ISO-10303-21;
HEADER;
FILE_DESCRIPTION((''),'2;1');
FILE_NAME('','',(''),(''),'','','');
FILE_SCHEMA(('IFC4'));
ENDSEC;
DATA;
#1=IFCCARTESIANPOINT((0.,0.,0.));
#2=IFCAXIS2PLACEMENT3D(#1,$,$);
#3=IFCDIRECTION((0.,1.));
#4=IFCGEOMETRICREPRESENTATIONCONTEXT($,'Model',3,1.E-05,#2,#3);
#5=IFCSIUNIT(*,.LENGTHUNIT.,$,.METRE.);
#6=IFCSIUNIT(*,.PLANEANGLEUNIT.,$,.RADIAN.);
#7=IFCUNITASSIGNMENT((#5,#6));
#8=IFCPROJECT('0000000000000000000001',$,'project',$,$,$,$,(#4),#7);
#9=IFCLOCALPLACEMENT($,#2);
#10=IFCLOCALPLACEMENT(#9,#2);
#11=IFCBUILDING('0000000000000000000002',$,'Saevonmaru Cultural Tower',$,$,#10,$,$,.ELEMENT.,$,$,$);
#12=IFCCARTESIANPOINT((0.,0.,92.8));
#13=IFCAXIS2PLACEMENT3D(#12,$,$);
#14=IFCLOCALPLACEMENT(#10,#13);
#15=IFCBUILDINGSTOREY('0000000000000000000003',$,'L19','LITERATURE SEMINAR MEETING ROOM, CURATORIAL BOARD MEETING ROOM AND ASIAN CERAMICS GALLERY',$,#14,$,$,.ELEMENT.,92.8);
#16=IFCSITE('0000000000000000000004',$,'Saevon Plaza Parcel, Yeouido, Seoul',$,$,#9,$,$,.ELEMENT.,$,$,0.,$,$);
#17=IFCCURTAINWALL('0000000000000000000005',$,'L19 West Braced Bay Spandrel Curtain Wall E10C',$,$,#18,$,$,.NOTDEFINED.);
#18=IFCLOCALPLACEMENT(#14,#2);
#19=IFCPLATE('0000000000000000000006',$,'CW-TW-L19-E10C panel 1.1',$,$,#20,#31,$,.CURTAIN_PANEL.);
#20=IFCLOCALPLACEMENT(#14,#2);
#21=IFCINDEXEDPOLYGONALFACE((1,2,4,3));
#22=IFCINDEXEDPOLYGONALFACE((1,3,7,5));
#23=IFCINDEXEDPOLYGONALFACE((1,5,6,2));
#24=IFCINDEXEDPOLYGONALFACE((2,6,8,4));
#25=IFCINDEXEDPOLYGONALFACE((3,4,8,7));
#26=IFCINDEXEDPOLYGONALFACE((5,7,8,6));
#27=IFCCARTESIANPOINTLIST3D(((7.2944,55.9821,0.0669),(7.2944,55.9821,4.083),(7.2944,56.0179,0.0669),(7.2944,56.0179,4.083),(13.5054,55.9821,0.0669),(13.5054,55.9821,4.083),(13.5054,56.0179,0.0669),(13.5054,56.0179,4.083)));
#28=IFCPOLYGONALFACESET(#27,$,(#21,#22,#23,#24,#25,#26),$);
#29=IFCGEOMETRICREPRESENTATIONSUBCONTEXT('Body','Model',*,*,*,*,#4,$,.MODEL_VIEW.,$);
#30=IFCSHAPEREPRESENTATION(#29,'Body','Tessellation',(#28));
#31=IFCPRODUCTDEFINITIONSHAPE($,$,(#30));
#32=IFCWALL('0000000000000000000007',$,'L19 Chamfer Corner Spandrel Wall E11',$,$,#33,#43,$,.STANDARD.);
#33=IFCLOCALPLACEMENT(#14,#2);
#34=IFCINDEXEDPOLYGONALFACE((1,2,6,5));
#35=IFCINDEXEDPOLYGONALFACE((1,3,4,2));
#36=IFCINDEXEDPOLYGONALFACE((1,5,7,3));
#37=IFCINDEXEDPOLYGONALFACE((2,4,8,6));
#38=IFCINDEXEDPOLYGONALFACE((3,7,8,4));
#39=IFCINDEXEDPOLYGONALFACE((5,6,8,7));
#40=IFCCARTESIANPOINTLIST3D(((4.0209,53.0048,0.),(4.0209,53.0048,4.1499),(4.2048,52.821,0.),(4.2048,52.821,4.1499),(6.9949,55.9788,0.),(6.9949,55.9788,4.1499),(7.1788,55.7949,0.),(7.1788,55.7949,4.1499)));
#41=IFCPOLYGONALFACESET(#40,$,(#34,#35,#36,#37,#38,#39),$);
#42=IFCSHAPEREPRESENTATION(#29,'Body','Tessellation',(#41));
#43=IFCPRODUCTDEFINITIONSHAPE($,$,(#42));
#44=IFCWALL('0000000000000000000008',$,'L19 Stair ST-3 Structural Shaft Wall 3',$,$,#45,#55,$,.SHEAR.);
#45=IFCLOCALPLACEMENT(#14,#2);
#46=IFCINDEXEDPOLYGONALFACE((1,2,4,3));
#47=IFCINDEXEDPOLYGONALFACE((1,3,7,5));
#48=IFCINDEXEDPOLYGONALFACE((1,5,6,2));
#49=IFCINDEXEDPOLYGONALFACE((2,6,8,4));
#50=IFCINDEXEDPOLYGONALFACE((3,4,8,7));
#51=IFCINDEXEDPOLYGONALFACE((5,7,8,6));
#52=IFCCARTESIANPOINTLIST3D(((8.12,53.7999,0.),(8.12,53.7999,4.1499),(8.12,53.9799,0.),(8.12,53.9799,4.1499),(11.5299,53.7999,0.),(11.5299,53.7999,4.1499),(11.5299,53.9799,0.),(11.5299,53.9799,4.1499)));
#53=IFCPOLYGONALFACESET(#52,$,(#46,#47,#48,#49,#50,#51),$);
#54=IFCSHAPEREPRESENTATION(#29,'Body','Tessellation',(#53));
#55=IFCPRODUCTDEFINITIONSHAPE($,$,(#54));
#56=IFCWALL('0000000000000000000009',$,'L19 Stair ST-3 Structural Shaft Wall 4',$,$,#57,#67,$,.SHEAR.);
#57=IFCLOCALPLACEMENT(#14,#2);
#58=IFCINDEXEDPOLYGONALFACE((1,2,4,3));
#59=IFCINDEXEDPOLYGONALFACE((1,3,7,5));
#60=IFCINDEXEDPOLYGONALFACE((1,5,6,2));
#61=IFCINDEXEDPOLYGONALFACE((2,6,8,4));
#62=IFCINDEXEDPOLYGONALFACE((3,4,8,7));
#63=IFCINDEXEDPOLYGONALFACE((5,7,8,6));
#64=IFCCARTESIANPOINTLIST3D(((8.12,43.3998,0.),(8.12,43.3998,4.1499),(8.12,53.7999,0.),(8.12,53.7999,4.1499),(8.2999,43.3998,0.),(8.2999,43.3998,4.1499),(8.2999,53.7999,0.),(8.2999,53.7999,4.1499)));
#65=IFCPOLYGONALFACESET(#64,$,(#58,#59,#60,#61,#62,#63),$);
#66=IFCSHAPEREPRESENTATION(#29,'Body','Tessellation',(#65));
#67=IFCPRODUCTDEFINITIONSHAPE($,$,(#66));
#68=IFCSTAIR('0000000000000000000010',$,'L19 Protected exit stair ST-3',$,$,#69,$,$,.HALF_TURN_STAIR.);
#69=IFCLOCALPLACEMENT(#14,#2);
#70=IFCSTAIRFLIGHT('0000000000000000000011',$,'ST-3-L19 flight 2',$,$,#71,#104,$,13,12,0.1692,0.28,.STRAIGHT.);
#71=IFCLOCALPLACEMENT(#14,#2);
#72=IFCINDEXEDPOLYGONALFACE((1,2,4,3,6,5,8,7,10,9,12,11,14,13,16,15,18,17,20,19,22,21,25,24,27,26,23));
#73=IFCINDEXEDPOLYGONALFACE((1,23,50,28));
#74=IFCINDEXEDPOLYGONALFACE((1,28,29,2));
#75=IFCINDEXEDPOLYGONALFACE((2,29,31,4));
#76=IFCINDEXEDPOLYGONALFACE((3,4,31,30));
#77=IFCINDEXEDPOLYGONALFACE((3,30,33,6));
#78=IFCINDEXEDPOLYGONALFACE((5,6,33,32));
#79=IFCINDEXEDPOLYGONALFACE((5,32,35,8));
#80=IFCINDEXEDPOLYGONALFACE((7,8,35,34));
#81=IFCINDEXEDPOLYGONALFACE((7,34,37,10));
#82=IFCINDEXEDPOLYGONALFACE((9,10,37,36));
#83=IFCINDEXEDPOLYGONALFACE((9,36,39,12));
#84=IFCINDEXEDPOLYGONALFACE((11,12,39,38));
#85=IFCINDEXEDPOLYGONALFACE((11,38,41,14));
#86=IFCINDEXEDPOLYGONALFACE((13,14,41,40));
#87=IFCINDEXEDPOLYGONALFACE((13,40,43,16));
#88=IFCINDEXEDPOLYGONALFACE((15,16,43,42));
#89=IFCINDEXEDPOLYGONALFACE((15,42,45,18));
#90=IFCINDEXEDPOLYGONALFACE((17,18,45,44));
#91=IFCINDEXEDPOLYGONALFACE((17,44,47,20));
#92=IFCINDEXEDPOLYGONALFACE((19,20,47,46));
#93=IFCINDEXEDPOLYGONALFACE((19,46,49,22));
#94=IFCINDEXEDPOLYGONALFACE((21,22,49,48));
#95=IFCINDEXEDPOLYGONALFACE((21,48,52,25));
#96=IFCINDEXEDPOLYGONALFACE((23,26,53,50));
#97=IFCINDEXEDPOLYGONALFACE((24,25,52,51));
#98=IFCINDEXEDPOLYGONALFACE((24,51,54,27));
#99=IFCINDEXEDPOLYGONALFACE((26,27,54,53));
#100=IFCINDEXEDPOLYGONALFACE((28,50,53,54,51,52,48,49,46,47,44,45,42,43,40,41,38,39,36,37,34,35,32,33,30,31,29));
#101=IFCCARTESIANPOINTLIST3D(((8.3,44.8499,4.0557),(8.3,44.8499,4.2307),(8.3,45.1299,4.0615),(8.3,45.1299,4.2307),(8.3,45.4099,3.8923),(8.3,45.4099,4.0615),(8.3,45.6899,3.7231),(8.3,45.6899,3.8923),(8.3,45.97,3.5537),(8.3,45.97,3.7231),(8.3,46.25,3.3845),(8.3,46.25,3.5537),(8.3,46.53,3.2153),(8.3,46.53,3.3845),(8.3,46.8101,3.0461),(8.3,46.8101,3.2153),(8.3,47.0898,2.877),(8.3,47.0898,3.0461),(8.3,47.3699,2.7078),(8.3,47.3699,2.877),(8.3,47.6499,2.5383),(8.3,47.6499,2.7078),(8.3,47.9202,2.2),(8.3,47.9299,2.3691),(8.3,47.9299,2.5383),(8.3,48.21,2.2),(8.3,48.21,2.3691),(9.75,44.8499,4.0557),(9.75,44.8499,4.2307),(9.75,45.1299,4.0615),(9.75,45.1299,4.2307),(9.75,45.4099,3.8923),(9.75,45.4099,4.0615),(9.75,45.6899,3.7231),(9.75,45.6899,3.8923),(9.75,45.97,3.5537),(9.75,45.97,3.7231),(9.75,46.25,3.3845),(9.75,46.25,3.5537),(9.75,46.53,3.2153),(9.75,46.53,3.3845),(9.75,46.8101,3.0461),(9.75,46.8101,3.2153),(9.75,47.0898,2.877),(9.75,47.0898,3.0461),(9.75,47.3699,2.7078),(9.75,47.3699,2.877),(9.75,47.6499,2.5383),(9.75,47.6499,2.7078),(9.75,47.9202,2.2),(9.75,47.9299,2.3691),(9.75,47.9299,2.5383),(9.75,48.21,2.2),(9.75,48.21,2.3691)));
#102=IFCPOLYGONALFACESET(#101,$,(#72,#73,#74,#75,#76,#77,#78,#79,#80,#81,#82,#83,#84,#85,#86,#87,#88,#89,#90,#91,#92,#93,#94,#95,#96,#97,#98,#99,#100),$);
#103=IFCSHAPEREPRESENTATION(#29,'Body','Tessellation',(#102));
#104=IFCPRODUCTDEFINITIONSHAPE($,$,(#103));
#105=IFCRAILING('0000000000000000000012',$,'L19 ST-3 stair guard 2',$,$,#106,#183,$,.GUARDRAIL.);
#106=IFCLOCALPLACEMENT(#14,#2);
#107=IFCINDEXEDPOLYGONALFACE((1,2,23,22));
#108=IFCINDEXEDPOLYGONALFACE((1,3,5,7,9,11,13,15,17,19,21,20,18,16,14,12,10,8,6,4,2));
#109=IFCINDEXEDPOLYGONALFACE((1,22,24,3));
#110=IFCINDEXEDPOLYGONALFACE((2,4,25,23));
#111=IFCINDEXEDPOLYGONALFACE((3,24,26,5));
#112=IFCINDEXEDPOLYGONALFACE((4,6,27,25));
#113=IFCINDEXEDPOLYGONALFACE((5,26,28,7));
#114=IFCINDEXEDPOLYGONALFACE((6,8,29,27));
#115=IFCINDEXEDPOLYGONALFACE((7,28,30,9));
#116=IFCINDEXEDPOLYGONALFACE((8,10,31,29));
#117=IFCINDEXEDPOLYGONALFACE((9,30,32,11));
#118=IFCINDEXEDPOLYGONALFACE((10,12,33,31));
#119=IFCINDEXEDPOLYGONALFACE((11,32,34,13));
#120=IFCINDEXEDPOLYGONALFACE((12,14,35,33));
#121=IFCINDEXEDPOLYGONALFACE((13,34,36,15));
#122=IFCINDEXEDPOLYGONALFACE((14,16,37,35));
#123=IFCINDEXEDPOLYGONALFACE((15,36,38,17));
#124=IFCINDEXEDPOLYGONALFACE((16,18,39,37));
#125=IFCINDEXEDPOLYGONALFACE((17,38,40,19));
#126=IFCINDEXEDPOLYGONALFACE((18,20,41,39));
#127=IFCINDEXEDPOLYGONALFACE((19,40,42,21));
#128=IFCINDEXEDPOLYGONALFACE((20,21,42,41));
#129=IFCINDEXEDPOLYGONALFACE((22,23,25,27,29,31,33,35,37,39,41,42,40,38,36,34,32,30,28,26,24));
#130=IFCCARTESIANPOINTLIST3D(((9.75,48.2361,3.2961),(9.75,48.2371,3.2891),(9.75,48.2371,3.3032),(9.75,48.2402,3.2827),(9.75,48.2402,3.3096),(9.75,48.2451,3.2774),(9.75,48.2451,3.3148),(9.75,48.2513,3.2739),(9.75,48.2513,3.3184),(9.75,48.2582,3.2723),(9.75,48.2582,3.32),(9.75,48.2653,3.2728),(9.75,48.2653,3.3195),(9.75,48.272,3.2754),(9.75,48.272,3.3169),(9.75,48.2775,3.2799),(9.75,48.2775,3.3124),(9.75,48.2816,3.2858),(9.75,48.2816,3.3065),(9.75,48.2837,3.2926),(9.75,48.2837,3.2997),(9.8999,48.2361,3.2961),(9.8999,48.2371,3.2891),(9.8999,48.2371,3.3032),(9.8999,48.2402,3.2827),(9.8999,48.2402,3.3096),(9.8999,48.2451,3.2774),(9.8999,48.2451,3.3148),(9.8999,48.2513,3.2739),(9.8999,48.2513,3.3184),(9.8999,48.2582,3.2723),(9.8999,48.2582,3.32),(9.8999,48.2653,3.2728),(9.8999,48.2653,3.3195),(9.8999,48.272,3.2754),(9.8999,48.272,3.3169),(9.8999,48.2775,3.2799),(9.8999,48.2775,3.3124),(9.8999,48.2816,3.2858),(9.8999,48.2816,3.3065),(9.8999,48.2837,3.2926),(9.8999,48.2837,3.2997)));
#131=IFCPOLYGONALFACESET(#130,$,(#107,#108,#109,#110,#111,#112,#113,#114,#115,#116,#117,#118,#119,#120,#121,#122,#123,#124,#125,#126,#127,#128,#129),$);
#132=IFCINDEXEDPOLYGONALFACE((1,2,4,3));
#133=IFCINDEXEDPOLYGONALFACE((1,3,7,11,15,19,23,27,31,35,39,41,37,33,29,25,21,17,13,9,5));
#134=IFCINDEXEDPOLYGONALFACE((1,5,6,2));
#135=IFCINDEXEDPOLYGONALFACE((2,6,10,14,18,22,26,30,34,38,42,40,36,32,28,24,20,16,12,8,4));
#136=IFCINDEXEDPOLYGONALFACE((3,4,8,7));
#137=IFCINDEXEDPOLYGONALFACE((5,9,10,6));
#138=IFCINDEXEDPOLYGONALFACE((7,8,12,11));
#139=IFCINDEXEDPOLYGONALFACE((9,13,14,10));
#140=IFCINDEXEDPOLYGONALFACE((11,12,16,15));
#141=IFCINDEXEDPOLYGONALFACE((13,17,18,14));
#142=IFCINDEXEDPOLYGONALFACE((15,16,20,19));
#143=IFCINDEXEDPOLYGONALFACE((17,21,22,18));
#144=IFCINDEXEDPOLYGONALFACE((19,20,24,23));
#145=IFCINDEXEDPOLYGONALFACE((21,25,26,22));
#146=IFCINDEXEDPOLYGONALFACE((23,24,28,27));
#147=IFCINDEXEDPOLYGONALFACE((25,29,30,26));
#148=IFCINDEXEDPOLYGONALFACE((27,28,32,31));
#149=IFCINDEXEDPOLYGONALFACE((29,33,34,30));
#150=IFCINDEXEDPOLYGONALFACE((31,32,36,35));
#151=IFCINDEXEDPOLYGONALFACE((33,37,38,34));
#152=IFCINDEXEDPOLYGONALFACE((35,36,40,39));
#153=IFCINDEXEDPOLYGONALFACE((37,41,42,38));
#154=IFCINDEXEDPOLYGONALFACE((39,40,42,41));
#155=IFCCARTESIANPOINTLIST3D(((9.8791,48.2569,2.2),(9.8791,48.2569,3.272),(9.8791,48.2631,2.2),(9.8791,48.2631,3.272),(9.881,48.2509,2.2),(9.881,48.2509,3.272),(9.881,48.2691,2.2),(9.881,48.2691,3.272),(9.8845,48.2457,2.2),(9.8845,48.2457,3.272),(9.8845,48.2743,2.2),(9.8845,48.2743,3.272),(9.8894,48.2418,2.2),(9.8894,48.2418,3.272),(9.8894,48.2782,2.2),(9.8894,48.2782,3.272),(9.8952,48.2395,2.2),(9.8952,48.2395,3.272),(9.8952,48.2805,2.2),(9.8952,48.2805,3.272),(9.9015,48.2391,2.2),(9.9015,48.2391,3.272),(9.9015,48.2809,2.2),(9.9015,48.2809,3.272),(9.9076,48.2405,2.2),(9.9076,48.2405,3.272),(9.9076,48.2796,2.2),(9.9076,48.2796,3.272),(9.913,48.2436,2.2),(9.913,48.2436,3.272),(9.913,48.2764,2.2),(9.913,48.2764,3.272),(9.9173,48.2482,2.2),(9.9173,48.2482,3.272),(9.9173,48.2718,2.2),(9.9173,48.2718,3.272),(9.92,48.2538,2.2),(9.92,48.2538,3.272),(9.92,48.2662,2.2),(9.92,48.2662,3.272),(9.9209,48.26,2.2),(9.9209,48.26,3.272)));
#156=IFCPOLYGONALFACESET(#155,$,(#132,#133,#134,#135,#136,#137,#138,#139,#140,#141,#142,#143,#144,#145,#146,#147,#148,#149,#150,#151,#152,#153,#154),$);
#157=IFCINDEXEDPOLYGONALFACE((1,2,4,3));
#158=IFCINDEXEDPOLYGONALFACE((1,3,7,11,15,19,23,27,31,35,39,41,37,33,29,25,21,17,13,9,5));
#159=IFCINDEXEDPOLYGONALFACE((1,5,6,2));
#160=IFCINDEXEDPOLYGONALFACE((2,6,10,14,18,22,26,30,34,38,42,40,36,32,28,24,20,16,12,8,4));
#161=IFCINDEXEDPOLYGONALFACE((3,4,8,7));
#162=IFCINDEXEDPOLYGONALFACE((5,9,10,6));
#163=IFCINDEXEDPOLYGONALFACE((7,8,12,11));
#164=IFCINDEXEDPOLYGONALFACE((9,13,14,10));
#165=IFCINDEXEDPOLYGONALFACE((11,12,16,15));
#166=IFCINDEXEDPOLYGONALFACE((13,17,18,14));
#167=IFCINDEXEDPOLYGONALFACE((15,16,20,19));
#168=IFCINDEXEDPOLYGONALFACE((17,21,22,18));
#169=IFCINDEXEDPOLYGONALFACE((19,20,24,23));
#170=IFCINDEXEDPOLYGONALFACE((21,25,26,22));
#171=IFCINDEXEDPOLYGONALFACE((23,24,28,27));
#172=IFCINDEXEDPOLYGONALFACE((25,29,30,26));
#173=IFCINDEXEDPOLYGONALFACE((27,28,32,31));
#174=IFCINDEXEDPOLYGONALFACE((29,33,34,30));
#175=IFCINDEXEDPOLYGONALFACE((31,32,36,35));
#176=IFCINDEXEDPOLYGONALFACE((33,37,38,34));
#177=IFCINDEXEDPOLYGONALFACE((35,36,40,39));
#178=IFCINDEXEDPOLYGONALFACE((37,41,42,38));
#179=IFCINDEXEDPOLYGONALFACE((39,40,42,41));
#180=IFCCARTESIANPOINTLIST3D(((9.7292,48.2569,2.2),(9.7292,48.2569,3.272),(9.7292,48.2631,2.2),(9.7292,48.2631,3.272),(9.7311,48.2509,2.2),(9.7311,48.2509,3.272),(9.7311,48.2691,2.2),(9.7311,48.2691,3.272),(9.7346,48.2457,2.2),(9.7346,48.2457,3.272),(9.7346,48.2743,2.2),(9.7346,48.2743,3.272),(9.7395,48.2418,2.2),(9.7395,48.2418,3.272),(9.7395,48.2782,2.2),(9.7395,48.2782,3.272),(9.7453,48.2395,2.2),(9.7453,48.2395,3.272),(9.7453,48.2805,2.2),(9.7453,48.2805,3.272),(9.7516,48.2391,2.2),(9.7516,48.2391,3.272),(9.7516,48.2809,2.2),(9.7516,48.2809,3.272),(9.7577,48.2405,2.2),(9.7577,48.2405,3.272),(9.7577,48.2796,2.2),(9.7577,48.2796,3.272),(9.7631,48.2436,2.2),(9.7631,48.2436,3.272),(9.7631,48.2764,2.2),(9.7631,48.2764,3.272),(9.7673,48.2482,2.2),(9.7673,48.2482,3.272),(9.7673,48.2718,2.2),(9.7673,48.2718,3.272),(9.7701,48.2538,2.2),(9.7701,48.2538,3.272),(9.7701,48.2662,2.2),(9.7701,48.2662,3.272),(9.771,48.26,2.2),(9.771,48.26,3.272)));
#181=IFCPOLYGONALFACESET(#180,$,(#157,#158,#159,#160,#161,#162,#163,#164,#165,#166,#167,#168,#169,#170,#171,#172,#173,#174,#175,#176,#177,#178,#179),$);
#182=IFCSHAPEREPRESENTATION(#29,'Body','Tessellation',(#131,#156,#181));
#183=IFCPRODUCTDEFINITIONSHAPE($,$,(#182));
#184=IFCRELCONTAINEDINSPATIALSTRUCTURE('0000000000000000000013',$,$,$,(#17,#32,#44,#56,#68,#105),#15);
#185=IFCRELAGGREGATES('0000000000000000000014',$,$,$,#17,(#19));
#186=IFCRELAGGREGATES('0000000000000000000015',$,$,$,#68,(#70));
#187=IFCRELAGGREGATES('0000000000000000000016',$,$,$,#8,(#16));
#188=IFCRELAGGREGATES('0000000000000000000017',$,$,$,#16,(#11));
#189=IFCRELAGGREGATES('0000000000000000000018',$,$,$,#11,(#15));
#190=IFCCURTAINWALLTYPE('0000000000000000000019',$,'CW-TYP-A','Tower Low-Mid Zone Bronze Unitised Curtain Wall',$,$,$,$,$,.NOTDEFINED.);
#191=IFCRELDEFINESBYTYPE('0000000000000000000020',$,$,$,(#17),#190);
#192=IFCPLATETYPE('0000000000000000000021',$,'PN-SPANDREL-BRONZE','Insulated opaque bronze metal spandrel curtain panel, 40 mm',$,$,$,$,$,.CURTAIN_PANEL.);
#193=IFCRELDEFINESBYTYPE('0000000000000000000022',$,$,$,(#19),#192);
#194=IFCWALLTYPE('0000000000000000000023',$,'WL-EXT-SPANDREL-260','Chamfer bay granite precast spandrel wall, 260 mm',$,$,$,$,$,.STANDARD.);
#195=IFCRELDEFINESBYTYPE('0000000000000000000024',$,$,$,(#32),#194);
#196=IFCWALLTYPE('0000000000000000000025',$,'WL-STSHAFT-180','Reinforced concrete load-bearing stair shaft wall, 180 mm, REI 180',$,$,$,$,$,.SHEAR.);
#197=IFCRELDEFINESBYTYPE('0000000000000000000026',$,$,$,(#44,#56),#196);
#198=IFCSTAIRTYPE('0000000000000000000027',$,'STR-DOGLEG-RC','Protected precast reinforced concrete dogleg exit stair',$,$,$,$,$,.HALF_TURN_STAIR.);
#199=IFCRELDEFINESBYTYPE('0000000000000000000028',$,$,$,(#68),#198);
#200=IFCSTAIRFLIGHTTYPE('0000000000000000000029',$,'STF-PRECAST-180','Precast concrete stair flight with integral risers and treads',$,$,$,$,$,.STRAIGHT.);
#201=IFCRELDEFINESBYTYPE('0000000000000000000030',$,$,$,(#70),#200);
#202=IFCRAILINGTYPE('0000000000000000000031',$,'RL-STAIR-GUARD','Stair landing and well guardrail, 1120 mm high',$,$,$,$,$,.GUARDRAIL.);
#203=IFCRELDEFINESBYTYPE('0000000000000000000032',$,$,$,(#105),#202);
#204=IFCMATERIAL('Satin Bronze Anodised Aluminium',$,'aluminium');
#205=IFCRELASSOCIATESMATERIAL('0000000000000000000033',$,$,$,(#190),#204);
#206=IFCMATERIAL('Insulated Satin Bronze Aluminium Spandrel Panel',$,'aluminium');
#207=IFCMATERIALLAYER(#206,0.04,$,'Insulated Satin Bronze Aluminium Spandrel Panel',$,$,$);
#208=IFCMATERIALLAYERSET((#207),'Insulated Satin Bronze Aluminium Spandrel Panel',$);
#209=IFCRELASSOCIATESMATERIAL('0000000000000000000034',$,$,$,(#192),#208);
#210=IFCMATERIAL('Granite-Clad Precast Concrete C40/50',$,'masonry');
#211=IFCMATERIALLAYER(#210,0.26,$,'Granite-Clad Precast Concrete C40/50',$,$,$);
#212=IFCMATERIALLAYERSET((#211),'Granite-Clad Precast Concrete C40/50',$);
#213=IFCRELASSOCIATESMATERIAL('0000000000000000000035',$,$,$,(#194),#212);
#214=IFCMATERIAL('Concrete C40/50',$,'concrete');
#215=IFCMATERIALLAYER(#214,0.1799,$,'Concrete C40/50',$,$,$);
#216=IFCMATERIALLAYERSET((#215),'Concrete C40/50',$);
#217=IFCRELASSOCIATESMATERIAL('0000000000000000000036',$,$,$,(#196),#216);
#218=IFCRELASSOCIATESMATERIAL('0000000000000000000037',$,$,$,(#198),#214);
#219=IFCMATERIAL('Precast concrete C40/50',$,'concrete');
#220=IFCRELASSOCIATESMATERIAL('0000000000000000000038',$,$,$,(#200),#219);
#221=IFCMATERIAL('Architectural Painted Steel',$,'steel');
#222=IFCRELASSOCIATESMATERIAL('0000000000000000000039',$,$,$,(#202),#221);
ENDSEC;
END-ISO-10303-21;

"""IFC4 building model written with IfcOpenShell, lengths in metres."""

from ifc_helpers import new_model, si_unit, direction, frame, frame_2d, origin, origin_2d, place, context, subcontext, project, spatial, polyline, rectangle, circle, outline, extrude, material, layer, layer_set, type_object, element, aggregate, save


model = new_model("IFC4")

# Units and contexts
model_context = context("Model", 3, precision=1e-05, world=origin(), true_north=direction((0.0, 1.0)))
body_context = subcontext(model_context, "Body", "Model", "MODEL_VIEW")
ifc_project = project(units=[si_unit("LENGTHUNIT", "METRE"), si_unit("PLANEANGLEUNIT", "RADIAN")], contexts=[model_context])

# Site, building, storey
site_placement = place(None, origin())
site = spatial("IfcSite", under=ifc_project, at=site_placement, Name="Saevon Plaza Parcel, Yeouido, Seoul", CompositionType="ELEMENT", RefElevation=0.0)
building_placement = place(site_placement, origin())
building = spatial("IfcBuilding", under=site, at=building_placement, Name="Saevonmaru Cultural Tower", CompositionType="ELEMENT")
storey_placement = place(building_placement, frame((0.0, 0.0, 92.8)))
storey = spatial("IfcBuildingStorey", under=building, at=storey_placement, Name="L19", Description="LITERATURE SEMINAR MEETING ROOM, CURATORIAL BOARD MEETING ROOM AND ASIAN CERAMICS GALLERY", CompositionType="ELEMENT", Elevation=92.8)

# Curtain wall
ifc_material_1 = material(Name="Satin Bronze Anodised Aluminium", Category="aluminium")
curtain_wall_type = type_object("IfcCurtainWallType", Name="CW-TYP-A", Description="Tower Low-Mid Zone Bronze Unitised Curtain Wall", PredefinedType="NOTDEFINED", material=ifc_material_1)
curtain_wall_1_placement = place(storey_placement, origin())
curtain_wall_1 = element("IfcCurtainWall", 1, at=curtain_wall_1_placement, inside=storey, type_object=curtain_wall_type, Name="L19 West Braced Bay Spandrel Curtain Wall E10C", PredefinedType="NOTDEFINED")

# Plate
ifc_material_2 = material(Name="Insulated Satin Bronze Aluminium Spandrel Panel", Category="aluminium")
ifc_layer_1 = layer(ifc_material_2, 0.04, Name="Insulated Satin Bronze Aluminium Spandrel Panel")
ifc_layer_set_1 = layer_set([ifc_layer_1], Name="Insulated Satin Bronze Aluminium Spandrel Panel")
plate_type_1 = type_object("IfcPlateType", Name="PN-SPANDREL-BRONZE", Description="Insulated opaque bronze metal spandrel curtain panel, 40 mm", PredefinedType="CURTAIN_PANEL", material=ifc_layer_set_1)
plate_1_placement = place(storey_placement, frame((10.3999, 56.0, 0.0669), z_axis=(0.0, 0.0, 1.0), x_axis=(-1.0, 0.0, 0.0)))
plate_1 = element("IfcPlate", 2, at=plate_1_placement, type_object=plate_type_1, Name="CW-TW-L19-E10C panel 1.1", PredefinedType="CURTAIN_PANEL", context=body_context, shape_type="SweptSolid", body=[
    extrude(rectangle(XDim=6.2109, YDim=0.0359, at=origin_2d()), origin(), (0.0, 0.0, 1.0), 4.0161),
])
aggregate(curtain_wall_1, [plate_1])

# Walls
ifc_material_3 = material(Name="Granite-Clad Precast Concrete C40/50", Category="masonry")
ifc_layer_2 = layer(ifc_material_3, 0.26, Name="Granite-Clad Precast Concrete C40/50")
ifc_layer_set_2 = layer_set([ifc_layer_2], Name="Granite-Clad Precast Concrete C40/50")
wall_type_1 = type_object("IfcWallType", Name="WL-EXT-SPANDREL-260", Description="Chamfer bay granite precast spandrel wall, 260 mm", PredefinedType="STANDARD", material=ifc_layer_set_2)
wall_1_placement = place(storey_placement, frame((7.0869, 55.887, 0.0), z_axis=(0.0, 0.0, 1.0), x_axis=(-0.707107, -0.707107, 0.0)))
element("IfcWall", 3, at=wall_1_placement, inside=storey, type_object=wall_type_1, Name="L19 Chamfer Corner Spandrel Wall E11", PredefinedType="STANDARD", context=body_context, shape_type="SweptSolid", body=[
    extrude(rectangle(XDim=4.2058, YDim=0.26, at=frame_2d((2.103, 0.0))), origin(), (0.0, 0.0, 1.0), 4.1499),
])
ifc_material_4 = material(Name="Concrete C40/50", Category="concrete")
ifc_layer_3 = layer(ifc_material_4, 0.1799, Name="Concrete C40/50")
ifc_layer_set_3 = layer_set([ifc_layer_3], Name="Concrete C40/50")
wall_type_2 = type_object("IfcWallType", Name="WL-STSHAFT-180", Description="Reinforced concrete load-bearing stair shaft wall, 180 mm, REI 180", PredefinedType="SHEAR", material=ifc_layer_set_3)
wall_2_placement = place(storey_placement, frame((11.53, 53.8899, 0.0), z_axis=(0.0, 0.0, 1.0), x_axis=(-1.0, 0.0, 0.0)))
element("IfcWall", 4, at=wall_2_placement, inside=storey, type_object=wall_type_2, Name="L19 Stair ST-3 Structural Shaft Wall 3", PredefinedType="SHEAR", context=body_context, shape_type="SweptSolid", body=[
    extrude(rectangle(XDim=3.4099, YDim=0.1799, at=frame_2d((1.7051, 0.0))), origin(), (0.0, 0.0, 1.0), 4.1499),
])
wall_3_placement = place(storey_placement, frame((8.21, 53.8, 0.0), z_axis=(0.0, 0.0, 1.0), x_axis=(0.0, -1.0, 0.0)))
element("IfcWall", 5, at=wall_3_placement, inside=storey, type_object=wall_type_2, Name="L19 Stair ST-3 Structural Shaft Wall 4", PredefinedType="SHEAR", context=body_context, shape_type="SweptSolid", body=[
    extrude(rectangle(XDim=10.4001, YDim=0.1799, at=frame_2d((5.2002, 0.0))), origin(), (0.0, 0.0, 1.0), 4.1499),
])

# Stair, stair flight
stair_type = type_object("IfcStairType", Name="STR-DOGLEG-RC", Description="Protected precast reinforced concrete dogleg exit stair", PredefinedType="HALF_TURN_STAIR", material=ifc_material_4)
stair_placement = place(storey_placement, origin())
stair = element("IfcStair", 6, at=stair_placement, inside=storey, type_object=stair_type, Name="L19 Protected exit stair ST-3", PredefinedType="HALF_TURN_STAIR")
ifc_material_5 = material(Name="Precast concrete C40/50", Category="concrete")
stair_flight_type = type_object("IfcStairFlightType", Name="STF-PRECAST-180", Description="Precast concrete stair flight with integral risers and treads", PredefinedType="STRAIGHT", material=ifc_material_5)
stair_flight_placement = place(storey_placement, frame((9.0249, 48.21, 2.2), z_axis=(0.0, 0.0, 1.0), x_axis=(0.0, -1.0, 0.0)))
stair_flight = element("IfcStairFlight", 7, at=stair_flight_placement, type_object=stair_flight_type, Name="ST-3-L19 flight 2", NumberOfRisers=13, NumberOfTreads=12, PredefinedType="STRAIGHT", RiserHeight=0.1692, TreadLength=0.28, context=body_context, shape_type="SweptSolid", body=[
    extrude(outline(polyline([(0.0, 0.0), (0.0, 0.1692), (0.28, 0.1692), (0.28, 0.3384), (0.5601, 0.3384), (0.5601, 0.5078), (0.8401, 0.5078), (0.8401, 0.677), (1.1201, 0.677), (1.1201, 0.8462), (1.3999, 0.8462), (1.3999, 1.0154), (1.6799, 1.0154), (1.6799, 1.1846), (1.96, 1.1846), (1.96, 1.3538), (2.24, 1.3538), (2.24, 1.5232), (2.52, 1.5232), (2.52, 1.6924), (2.8, 1.6924), (2.8, 1.8616), (3.0801, 1.8616), (3.0801, 2.0308), (3.3601, 2.0308), (3.3601, 2.2), (3.3601, 1.8557), (0.2898, 0.0), (0.0, 0.0)])), frame((0.0, 0.7251, 0.0), z_axis=(0.0, -1.0, 0.0), x_axis=(1.0, 0.0, 0.0)), (0.0, 0.0, 1.0), 1.45),
])
aggregate(stair, [stair_flight])

# Railing
ifc_material_6 = material(Name="Architectural Painted Steel", Category="steel")
railing_type_1 = type_object("IfcRailingType", Name="RL-STAIR-GUARD", Description="Stair landing and well guardrail, 1120 mm high", PredefinedType="GUARDRAIL", material=ifc_material_6)
railing_1_placement = place(storey_placement, frame((9.8999, 48.26, 2.2)))
element("IfcRailing", 8, at=railing_1_placement, inside=storey, type_object=railing_type_1, Name="L19 ST-3 stair guard 2", PredefinedType="GUARDRAIL", context=body_context, shape_type="SweptSolid", body=[
    extrude(circle(Radius=0.0239, at=origin_2d()), frame((0.0, 0.0, 1.0962), z_axis=(-1.0, 0.0, 0.0), x_axis=(0.0, -1.0, 0.0)), (0.0, 0.0, 1.0), 0.1499),
    extrude(circle(Radius=0.021, at=origin_2d()), origin(), (0.0, 0.0, 1.0), 1.072),
    extrude(circle(Radius=0.021, at=origin_2d()), frame((-0.1499, 0.0, 0.0)), (0.0, 0.0, 1.0), 1.072),
])

save(model, "model.ifc")
